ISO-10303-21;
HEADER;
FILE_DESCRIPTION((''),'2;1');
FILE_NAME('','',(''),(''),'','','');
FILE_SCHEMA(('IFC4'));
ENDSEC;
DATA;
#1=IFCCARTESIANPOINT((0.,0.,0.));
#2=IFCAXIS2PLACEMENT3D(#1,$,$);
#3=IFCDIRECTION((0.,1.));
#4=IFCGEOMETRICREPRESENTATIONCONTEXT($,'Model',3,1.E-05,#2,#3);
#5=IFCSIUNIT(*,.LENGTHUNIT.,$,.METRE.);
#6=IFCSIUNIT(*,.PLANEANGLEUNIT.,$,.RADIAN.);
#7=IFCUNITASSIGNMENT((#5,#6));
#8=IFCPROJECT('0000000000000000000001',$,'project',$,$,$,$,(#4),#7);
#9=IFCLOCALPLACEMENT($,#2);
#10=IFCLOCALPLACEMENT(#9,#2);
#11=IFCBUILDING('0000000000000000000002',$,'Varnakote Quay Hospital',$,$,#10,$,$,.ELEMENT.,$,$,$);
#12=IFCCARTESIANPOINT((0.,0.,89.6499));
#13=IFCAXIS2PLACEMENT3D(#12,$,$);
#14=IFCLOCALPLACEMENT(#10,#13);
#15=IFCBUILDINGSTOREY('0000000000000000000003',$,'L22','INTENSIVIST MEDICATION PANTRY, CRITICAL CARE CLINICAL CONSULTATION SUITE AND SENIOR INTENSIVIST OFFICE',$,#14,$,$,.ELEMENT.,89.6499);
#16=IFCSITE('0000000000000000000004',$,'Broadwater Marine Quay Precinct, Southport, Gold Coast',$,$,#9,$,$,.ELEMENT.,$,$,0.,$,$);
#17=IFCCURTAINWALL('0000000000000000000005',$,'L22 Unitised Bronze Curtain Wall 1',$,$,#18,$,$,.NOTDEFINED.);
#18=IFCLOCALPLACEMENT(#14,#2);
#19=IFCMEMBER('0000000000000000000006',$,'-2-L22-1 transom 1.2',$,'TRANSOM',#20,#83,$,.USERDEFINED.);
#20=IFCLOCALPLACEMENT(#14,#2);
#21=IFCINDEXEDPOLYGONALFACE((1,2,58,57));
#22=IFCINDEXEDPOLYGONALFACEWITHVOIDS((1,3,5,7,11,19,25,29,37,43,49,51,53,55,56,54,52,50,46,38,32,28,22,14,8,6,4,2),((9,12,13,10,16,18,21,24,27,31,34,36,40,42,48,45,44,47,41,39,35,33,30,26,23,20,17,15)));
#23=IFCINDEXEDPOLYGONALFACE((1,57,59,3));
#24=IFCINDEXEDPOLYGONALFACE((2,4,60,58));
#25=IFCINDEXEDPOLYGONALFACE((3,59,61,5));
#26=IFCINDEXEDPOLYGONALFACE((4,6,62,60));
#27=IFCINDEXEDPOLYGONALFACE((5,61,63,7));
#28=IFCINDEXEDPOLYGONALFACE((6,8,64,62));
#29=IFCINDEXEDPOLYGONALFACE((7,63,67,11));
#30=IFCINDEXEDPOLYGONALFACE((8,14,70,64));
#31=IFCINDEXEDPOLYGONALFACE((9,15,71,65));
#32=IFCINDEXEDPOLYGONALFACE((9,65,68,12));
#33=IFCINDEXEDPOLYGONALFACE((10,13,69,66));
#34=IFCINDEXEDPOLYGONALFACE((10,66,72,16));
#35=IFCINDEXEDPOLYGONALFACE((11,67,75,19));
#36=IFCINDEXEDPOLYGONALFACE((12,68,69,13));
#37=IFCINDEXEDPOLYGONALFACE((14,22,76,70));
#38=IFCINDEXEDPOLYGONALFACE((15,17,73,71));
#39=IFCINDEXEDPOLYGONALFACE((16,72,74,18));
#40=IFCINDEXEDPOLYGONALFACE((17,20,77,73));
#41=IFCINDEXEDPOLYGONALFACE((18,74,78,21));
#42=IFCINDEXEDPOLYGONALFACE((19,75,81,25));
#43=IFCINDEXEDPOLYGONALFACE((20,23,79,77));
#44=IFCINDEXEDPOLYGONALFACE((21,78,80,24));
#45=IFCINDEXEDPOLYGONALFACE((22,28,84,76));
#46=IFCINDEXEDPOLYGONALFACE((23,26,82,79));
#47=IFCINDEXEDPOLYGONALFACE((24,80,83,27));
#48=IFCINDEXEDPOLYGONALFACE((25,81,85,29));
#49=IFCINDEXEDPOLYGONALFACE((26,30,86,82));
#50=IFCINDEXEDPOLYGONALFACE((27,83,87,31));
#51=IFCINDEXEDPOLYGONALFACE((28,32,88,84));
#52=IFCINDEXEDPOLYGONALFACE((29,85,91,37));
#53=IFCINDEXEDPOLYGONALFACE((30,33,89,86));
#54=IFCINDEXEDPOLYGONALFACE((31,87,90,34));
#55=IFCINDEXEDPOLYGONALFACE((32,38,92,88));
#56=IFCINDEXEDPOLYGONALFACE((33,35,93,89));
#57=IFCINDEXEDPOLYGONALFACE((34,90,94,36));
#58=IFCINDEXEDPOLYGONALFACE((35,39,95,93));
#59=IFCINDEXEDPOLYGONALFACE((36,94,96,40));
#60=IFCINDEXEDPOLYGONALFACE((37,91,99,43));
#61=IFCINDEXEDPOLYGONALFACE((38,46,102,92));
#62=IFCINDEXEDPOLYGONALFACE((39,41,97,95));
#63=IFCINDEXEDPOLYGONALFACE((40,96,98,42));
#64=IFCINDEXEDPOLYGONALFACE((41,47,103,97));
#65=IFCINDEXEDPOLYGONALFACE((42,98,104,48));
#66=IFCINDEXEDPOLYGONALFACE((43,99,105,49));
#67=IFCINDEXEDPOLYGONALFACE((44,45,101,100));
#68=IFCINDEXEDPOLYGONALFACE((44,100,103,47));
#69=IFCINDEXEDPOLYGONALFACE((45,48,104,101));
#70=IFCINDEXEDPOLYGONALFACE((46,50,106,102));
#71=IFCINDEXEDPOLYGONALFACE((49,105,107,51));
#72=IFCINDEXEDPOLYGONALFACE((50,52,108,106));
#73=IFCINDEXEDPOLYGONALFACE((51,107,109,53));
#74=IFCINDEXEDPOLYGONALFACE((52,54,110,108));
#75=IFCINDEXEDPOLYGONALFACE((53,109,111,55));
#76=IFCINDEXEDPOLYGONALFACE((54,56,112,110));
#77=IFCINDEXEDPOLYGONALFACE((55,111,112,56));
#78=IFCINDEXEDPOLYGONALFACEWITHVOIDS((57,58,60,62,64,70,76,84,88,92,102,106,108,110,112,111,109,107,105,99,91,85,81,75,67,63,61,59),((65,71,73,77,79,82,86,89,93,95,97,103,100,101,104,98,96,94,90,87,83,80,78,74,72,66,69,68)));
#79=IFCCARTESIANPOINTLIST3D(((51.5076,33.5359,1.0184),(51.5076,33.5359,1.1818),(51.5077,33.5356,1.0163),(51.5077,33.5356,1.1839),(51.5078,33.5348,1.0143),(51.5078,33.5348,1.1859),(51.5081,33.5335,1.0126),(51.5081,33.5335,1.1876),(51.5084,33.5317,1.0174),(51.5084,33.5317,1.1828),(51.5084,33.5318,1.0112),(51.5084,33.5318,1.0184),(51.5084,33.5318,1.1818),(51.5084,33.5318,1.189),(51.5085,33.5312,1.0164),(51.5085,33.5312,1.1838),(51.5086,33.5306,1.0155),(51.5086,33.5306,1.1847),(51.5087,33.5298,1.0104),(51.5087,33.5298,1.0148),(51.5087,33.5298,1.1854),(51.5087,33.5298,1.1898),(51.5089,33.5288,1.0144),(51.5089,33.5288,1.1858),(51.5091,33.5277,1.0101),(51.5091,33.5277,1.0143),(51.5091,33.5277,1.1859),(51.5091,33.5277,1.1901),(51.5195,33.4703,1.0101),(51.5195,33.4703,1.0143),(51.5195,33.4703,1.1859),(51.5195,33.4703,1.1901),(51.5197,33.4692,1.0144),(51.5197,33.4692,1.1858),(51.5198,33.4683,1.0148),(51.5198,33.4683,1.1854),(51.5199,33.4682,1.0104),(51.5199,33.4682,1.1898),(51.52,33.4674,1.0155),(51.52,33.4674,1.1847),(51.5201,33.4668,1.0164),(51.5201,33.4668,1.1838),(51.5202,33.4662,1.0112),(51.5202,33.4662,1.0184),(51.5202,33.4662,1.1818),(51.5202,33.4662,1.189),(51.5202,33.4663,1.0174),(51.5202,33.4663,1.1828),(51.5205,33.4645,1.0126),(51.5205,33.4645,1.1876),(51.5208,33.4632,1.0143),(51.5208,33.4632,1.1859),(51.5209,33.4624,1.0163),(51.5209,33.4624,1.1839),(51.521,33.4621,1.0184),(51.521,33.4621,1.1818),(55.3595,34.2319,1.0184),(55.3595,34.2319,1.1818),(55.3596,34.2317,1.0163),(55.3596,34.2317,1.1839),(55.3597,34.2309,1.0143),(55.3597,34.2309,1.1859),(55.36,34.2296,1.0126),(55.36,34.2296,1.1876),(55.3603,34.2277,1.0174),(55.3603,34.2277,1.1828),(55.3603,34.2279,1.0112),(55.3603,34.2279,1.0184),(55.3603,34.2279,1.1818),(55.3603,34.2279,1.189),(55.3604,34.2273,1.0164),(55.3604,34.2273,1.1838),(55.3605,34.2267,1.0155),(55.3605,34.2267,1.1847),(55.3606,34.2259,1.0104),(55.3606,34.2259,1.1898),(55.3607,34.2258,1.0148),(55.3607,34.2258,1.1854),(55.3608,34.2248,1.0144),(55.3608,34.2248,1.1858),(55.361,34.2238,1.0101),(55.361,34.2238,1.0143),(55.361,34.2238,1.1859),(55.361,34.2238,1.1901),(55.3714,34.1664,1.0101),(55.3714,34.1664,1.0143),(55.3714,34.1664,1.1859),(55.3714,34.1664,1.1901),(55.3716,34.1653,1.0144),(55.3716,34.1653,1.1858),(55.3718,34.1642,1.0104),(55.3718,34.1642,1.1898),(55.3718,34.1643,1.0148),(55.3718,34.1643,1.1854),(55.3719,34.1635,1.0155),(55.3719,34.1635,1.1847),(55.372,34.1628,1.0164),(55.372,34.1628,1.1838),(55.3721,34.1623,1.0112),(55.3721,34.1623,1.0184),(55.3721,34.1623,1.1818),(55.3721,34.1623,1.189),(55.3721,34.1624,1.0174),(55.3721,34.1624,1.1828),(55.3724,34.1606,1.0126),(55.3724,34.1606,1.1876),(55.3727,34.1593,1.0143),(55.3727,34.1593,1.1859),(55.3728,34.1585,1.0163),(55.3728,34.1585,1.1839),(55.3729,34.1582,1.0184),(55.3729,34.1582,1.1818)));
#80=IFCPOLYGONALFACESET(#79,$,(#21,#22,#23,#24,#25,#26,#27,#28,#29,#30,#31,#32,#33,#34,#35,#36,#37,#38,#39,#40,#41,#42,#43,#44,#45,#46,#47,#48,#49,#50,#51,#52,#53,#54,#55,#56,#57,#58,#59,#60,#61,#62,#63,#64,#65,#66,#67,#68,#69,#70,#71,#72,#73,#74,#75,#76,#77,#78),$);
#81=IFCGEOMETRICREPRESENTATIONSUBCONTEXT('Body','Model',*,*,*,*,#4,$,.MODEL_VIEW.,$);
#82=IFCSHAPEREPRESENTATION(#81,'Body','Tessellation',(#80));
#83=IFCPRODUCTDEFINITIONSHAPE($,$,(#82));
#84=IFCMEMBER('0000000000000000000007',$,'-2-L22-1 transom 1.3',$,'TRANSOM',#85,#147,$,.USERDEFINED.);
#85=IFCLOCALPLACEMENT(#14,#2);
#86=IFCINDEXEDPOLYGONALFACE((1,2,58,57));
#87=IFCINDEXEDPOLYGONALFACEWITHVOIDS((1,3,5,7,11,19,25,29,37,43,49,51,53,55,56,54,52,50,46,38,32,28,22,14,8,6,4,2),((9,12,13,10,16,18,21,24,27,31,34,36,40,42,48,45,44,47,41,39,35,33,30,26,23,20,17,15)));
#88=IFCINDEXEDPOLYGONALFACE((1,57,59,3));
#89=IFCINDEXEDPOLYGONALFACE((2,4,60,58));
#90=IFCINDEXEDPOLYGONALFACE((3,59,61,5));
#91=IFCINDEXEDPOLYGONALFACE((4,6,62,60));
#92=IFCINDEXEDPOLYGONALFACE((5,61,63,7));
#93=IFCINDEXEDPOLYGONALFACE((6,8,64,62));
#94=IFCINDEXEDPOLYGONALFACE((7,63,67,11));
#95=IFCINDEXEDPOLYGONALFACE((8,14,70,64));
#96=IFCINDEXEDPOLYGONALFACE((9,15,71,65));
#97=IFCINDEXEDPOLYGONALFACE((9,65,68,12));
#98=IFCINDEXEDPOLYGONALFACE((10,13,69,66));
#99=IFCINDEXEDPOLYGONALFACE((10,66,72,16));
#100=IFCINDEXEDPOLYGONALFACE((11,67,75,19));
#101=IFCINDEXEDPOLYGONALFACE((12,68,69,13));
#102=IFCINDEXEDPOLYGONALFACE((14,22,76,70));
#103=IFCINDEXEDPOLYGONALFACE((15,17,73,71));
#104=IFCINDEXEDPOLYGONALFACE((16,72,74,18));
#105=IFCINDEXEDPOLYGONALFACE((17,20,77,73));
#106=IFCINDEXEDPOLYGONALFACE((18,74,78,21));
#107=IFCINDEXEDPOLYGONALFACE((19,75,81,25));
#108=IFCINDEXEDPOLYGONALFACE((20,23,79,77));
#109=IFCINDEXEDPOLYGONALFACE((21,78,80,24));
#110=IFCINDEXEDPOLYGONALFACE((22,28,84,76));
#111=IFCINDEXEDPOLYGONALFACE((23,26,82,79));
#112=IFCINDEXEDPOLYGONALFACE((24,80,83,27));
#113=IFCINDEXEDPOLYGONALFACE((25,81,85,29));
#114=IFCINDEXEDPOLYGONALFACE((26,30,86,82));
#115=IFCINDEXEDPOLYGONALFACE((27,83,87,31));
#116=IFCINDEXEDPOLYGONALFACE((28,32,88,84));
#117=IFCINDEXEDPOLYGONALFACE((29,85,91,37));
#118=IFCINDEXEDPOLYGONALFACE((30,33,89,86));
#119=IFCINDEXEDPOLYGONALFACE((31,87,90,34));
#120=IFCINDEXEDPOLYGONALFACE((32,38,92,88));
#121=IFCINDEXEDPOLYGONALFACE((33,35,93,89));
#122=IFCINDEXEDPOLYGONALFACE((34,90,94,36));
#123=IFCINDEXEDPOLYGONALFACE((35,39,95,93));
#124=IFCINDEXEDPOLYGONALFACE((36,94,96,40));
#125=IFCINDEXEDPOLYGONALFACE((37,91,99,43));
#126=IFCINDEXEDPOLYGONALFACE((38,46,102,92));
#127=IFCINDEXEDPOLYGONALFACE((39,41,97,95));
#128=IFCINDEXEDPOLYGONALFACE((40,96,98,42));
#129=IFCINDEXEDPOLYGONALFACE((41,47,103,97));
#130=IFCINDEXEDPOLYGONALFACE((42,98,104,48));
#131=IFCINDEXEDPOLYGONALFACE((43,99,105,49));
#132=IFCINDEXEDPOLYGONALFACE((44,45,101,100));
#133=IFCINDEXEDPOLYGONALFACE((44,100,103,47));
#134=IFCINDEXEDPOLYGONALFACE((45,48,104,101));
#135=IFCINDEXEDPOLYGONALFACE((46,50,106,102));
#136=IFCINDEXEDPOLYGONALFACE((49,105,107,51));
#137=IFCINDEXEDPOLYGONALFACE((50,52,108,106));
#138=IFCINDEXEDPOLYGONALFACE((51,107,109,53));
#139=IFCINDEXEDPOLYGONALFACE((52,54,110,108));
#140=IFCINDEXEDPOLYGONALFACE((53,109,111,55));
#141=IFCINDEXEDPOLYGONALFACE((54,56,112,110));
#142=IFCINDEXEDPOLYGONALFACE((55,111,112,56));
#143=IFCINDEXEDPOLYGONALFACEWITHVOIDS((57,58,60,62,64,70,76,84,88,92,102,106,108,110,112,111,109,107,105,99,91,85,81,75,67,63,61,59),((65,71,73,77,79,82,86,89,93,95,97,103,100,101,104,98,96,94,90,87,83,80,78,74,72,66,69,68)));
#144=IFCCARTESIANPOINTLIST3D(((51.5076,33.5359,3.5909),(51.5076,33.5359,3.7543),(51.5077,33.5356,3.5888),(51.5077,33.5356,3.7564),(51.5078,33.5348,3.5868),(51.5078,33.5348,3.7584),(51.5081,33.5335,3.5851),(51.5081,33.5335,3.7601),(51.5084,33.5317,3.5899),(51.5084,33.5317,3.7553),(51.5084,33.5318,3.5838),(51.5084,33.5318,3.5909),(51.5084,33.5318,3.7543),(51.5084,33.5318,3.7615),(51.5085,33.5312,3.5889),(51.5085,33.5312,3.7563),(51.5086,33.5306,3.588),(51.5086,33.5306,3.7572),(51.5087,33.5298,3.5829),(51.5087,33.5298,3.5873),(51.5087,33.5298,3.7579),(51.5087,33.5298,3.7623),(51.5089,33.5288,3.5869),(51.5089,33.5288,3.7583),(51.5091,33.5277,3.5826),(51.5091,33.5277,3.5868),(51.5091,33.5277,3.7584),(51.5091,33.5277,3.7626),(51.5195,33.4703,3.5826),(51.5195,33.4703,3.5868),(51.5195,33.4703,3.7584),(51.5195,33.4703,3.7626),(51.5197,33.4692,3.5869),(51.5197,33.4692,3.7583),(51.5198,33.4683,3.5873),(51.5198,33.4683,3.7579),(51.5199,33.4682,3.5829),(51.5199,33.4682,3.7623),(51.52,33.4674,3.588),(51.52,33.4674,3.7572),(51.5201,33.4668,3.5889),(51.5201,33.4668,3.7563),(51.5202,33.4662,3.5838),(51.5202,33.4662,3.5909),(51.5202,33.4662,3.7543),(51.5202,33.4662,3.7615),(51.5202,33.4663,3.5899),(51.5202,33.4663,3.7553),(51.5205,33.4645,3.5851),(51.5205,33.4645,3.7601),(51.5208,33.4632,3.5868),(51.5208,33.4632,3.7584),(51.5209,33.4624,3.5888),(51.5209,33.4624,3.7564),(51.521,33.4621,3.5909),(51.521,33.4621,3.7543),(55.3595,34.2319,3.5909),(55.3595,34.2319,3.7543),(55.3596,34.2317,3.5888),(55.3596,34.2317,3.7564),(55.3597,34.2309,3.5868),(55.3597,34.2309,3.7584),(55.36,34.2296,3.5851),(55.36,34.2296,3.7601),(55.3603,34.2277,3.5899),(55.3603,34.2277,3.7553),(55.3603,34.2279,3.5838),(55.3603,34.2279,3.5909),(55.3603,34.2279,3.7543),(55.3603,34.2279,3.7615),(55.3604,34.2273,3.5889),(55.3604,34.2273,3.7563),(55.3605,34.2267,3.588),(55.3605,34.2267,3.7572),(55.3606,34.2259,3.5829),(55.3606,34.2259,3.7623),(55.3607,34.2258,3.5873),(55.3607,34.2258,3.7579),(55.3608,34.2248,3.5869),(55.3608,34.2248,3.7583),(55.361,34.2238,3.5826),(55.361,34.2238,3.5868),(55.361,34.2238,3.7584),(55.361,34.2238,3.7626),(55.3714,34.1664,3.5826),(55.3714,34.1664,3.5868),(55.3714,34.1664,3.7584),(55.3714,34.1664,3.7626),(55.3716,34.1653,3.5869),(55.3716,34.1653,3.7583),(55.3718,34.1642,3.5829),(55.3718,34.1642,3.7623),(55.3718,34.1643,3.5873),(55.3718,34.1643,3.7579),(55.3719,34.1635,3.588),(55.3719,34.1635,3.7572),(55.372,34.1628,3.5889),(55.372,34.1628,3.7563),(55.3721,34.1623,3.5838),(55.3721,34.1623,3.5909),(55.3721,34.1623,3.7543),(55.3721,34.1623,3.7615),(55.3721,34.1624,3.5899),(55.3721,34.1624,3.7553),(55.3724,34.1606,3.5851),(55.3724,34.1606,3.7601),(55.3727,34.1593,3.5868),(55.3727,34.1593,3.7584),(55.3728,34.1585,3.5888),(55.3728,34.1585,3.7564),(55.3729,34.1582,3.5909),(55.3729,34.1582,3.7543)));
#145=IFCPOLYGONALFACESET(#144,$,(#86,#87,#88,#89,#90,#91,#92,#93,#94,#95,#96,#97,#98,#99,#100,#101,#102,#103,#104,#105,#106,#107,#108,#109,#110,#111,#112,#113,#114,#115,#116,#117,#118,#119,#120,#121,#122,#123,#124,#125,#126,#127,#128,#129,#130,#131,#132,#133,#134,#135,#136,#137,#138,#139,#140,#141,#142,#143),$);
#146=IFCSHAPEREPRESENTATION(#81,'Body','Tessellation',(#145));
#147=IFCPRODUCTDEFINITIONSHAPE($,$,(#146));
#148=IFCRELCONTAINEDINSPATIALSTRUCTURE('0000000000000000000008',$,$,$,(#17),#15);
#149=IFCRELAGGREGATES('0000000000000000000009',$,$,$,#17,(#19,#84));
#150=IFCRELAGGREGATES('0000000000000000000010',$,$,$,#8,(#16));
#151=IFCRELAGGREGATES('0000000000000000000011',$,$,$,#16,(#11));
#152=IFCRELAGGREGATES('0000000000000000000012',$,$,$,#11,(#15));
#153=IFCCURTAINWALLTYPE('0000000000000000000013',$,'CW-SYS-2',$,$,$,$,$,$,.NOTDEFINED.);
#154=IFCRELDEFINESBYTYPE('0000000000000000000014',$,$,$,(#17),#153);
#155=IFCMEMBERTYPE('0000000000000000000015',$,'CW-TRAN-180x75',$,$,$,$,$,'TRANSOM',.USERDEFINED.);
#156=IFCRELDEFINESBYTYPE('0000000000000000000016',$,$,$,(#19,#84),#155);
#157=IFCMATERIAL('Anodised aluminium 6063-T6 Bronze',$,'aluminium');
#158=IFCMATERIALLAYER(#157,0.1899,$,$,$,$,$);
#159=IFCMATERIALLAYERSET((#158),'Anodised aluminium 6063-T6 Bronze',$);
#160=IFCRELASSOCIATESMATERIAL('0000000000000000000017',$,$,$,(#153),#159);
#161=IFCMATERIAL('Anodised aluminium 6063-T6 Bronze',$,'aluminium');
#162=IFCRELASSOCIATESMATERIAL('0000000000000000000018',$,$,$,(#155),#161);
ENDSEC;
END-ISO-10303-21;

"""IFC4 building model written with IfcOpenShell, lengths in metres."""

from ifc_helpers import new_model, si_unit, direction, frame, origin, origin_2d, place, context, subcontext, project, spatial, hollow_rectangle, extrude, material, layer, layer_set, material_profile, profile_set, type_object, element, aggregate, save


model = new_model("IFC4")

# Units and contexts
model_context = context("Model", 3, precision=1e-05, world=origin(), true_north=direction((0.0, 1.0)))
body_context = subcontext(model_context, "Body", "Model", "MODEL_VIEW")
ifc_project = project(units=[si_unit("LENGTHUNIT", "METRE"), si_unit("PLANEANGLEUNIT", "RADIAN")], contexts=[model_context])

# Site, building, storey
site_placement = place(None, origin())
site = spatial("IfcSite", under=ifc_project, at=site_placement, Name="Broadwater Marine Quay Precinct, Southport, Gold Coast", CompositionType="ELEMENT", RefElevation=0.0)
building_placement = place(site_placement, origin())
building = spatial("IfcBuilding", under=site, at=building_placement, Name="Varnakote Quay Hospital", CompositionType="ELEMENT")
storey_placement = place(building_placement, frame((0.0, 0.0, 89.6499)))
storey = spatial("IfcBuildingStorey", under=building, at=storey_placement, Name="L22", Description="INTENSIVIST MEDICATION PANTRY, CRITICAL CARE CLINICAL CONSULTATION SUITE AND SENIOR INTENSIVIST OFFICE", CompositionType="ELEMENT", Elevation=89.6499)

# Curtain wall, members
ifc_material_1 = material(Name="Anodised aluminium 6063-T6 Bronze", Category="aluminium")
ifc_layer_1 = layer(ifc_material_1, 0.1899)
ifc_layer_set_1 = layer_set([ifc_layer_1], Name="Anodised aluminium 6063-T6 Bronze")
curtain_wall_type = type_object("IfcCurtainWallType", Name="CW-SYS-2", PredefinedType="NOTDEFINED", material=ifc_layer_set_1)
curtain_wall_placement = place(storey_placement, origin())
curtain_wall = element("IfcCurtainWall", 1, at=curtain_wall_placement, inside=storey, type_object=curtain_wall_type, Name="L22 Unitised Bronze Curtain Wall 1", PredefinedType="NOTDEFINED")
ifc_material_2 = material(Name="Anodised aluminium 6063-T6 Bronze", Category="aluminium")
ifc_material_profile_1 = material_profile(ifc_material_2, hollow_rectangle(XDim=0.075, YDim=0.1799, WallThickness=0.0042, InnerFilletRadius=0.0042, OuterFilletRadius=0.0083, at=origin_2d()), Name="CW-TRAN-180x75")
ifc_profile_set_1 = profile_set([ifc_material_profile_1], Name="Anodised aluminium 6063-T6 Bronze")
member_type_1 = type_object("IfcMemberType", Name="CW-TRAN-180x75", ElementType="TRANSOM", PredefinedType="USERDEFINED", material=ifc_profile_set_1)
member_1_placement = place(storey_placement, frame((55.3662, 34.1951, 1.1001), z_axis=(-0.984062, -0.177826, 0.0), x_axis=(0.177826, -0.984062, 0.0)))
member_1 = element("IfcMember", 2, at=member_1_placement, type_object=member_type_1, Name="-2-L22-1 transom 1.2", ObjectType="TRANSOM", PredefinedType="USERDEFINED", context=body_context, shape_type="SweptSolid", body=[
    extrude(hollow_rectangle(XDim=0.075, YDim=0.1799, WallThickness=0.0042, InnerFilletRadius=0.0042, OuterFilletRadius=0.0083, at=origin_2d()), origin(), (0.0, 0.0, 1.0), 3.9143),
])
member_2_placement = place(storey_placement, frame((55.3662, 34.1951, 3.6726), z_axis=(-0.984062, -0.177826, 0.0), x_axis=(0.177826, -0.984062, 0.0)))
member_2 = element("IfcMember", 3, at=member_2_placement, type_object=member_type_1, Name="-2-L22-1 transom 1.3", ObjectType="TRANSOM", PredefinedType="USERDEFINED", context=body_context, shape_type="SweptSolid", body=[
    extrude(hollow_rectangle(XDim=0.075, YDim=0.1799, WallThickness=0.0042, InnerFilletRadius=0.0042, OuterFilletRadius=0.0083, at=origin_2d()), origin(), (0.0, 0.0, 1.0), 3.9143),
])
aggregate(curtain_wall, [member_1, member_2])

save(model, "model.ifc")
